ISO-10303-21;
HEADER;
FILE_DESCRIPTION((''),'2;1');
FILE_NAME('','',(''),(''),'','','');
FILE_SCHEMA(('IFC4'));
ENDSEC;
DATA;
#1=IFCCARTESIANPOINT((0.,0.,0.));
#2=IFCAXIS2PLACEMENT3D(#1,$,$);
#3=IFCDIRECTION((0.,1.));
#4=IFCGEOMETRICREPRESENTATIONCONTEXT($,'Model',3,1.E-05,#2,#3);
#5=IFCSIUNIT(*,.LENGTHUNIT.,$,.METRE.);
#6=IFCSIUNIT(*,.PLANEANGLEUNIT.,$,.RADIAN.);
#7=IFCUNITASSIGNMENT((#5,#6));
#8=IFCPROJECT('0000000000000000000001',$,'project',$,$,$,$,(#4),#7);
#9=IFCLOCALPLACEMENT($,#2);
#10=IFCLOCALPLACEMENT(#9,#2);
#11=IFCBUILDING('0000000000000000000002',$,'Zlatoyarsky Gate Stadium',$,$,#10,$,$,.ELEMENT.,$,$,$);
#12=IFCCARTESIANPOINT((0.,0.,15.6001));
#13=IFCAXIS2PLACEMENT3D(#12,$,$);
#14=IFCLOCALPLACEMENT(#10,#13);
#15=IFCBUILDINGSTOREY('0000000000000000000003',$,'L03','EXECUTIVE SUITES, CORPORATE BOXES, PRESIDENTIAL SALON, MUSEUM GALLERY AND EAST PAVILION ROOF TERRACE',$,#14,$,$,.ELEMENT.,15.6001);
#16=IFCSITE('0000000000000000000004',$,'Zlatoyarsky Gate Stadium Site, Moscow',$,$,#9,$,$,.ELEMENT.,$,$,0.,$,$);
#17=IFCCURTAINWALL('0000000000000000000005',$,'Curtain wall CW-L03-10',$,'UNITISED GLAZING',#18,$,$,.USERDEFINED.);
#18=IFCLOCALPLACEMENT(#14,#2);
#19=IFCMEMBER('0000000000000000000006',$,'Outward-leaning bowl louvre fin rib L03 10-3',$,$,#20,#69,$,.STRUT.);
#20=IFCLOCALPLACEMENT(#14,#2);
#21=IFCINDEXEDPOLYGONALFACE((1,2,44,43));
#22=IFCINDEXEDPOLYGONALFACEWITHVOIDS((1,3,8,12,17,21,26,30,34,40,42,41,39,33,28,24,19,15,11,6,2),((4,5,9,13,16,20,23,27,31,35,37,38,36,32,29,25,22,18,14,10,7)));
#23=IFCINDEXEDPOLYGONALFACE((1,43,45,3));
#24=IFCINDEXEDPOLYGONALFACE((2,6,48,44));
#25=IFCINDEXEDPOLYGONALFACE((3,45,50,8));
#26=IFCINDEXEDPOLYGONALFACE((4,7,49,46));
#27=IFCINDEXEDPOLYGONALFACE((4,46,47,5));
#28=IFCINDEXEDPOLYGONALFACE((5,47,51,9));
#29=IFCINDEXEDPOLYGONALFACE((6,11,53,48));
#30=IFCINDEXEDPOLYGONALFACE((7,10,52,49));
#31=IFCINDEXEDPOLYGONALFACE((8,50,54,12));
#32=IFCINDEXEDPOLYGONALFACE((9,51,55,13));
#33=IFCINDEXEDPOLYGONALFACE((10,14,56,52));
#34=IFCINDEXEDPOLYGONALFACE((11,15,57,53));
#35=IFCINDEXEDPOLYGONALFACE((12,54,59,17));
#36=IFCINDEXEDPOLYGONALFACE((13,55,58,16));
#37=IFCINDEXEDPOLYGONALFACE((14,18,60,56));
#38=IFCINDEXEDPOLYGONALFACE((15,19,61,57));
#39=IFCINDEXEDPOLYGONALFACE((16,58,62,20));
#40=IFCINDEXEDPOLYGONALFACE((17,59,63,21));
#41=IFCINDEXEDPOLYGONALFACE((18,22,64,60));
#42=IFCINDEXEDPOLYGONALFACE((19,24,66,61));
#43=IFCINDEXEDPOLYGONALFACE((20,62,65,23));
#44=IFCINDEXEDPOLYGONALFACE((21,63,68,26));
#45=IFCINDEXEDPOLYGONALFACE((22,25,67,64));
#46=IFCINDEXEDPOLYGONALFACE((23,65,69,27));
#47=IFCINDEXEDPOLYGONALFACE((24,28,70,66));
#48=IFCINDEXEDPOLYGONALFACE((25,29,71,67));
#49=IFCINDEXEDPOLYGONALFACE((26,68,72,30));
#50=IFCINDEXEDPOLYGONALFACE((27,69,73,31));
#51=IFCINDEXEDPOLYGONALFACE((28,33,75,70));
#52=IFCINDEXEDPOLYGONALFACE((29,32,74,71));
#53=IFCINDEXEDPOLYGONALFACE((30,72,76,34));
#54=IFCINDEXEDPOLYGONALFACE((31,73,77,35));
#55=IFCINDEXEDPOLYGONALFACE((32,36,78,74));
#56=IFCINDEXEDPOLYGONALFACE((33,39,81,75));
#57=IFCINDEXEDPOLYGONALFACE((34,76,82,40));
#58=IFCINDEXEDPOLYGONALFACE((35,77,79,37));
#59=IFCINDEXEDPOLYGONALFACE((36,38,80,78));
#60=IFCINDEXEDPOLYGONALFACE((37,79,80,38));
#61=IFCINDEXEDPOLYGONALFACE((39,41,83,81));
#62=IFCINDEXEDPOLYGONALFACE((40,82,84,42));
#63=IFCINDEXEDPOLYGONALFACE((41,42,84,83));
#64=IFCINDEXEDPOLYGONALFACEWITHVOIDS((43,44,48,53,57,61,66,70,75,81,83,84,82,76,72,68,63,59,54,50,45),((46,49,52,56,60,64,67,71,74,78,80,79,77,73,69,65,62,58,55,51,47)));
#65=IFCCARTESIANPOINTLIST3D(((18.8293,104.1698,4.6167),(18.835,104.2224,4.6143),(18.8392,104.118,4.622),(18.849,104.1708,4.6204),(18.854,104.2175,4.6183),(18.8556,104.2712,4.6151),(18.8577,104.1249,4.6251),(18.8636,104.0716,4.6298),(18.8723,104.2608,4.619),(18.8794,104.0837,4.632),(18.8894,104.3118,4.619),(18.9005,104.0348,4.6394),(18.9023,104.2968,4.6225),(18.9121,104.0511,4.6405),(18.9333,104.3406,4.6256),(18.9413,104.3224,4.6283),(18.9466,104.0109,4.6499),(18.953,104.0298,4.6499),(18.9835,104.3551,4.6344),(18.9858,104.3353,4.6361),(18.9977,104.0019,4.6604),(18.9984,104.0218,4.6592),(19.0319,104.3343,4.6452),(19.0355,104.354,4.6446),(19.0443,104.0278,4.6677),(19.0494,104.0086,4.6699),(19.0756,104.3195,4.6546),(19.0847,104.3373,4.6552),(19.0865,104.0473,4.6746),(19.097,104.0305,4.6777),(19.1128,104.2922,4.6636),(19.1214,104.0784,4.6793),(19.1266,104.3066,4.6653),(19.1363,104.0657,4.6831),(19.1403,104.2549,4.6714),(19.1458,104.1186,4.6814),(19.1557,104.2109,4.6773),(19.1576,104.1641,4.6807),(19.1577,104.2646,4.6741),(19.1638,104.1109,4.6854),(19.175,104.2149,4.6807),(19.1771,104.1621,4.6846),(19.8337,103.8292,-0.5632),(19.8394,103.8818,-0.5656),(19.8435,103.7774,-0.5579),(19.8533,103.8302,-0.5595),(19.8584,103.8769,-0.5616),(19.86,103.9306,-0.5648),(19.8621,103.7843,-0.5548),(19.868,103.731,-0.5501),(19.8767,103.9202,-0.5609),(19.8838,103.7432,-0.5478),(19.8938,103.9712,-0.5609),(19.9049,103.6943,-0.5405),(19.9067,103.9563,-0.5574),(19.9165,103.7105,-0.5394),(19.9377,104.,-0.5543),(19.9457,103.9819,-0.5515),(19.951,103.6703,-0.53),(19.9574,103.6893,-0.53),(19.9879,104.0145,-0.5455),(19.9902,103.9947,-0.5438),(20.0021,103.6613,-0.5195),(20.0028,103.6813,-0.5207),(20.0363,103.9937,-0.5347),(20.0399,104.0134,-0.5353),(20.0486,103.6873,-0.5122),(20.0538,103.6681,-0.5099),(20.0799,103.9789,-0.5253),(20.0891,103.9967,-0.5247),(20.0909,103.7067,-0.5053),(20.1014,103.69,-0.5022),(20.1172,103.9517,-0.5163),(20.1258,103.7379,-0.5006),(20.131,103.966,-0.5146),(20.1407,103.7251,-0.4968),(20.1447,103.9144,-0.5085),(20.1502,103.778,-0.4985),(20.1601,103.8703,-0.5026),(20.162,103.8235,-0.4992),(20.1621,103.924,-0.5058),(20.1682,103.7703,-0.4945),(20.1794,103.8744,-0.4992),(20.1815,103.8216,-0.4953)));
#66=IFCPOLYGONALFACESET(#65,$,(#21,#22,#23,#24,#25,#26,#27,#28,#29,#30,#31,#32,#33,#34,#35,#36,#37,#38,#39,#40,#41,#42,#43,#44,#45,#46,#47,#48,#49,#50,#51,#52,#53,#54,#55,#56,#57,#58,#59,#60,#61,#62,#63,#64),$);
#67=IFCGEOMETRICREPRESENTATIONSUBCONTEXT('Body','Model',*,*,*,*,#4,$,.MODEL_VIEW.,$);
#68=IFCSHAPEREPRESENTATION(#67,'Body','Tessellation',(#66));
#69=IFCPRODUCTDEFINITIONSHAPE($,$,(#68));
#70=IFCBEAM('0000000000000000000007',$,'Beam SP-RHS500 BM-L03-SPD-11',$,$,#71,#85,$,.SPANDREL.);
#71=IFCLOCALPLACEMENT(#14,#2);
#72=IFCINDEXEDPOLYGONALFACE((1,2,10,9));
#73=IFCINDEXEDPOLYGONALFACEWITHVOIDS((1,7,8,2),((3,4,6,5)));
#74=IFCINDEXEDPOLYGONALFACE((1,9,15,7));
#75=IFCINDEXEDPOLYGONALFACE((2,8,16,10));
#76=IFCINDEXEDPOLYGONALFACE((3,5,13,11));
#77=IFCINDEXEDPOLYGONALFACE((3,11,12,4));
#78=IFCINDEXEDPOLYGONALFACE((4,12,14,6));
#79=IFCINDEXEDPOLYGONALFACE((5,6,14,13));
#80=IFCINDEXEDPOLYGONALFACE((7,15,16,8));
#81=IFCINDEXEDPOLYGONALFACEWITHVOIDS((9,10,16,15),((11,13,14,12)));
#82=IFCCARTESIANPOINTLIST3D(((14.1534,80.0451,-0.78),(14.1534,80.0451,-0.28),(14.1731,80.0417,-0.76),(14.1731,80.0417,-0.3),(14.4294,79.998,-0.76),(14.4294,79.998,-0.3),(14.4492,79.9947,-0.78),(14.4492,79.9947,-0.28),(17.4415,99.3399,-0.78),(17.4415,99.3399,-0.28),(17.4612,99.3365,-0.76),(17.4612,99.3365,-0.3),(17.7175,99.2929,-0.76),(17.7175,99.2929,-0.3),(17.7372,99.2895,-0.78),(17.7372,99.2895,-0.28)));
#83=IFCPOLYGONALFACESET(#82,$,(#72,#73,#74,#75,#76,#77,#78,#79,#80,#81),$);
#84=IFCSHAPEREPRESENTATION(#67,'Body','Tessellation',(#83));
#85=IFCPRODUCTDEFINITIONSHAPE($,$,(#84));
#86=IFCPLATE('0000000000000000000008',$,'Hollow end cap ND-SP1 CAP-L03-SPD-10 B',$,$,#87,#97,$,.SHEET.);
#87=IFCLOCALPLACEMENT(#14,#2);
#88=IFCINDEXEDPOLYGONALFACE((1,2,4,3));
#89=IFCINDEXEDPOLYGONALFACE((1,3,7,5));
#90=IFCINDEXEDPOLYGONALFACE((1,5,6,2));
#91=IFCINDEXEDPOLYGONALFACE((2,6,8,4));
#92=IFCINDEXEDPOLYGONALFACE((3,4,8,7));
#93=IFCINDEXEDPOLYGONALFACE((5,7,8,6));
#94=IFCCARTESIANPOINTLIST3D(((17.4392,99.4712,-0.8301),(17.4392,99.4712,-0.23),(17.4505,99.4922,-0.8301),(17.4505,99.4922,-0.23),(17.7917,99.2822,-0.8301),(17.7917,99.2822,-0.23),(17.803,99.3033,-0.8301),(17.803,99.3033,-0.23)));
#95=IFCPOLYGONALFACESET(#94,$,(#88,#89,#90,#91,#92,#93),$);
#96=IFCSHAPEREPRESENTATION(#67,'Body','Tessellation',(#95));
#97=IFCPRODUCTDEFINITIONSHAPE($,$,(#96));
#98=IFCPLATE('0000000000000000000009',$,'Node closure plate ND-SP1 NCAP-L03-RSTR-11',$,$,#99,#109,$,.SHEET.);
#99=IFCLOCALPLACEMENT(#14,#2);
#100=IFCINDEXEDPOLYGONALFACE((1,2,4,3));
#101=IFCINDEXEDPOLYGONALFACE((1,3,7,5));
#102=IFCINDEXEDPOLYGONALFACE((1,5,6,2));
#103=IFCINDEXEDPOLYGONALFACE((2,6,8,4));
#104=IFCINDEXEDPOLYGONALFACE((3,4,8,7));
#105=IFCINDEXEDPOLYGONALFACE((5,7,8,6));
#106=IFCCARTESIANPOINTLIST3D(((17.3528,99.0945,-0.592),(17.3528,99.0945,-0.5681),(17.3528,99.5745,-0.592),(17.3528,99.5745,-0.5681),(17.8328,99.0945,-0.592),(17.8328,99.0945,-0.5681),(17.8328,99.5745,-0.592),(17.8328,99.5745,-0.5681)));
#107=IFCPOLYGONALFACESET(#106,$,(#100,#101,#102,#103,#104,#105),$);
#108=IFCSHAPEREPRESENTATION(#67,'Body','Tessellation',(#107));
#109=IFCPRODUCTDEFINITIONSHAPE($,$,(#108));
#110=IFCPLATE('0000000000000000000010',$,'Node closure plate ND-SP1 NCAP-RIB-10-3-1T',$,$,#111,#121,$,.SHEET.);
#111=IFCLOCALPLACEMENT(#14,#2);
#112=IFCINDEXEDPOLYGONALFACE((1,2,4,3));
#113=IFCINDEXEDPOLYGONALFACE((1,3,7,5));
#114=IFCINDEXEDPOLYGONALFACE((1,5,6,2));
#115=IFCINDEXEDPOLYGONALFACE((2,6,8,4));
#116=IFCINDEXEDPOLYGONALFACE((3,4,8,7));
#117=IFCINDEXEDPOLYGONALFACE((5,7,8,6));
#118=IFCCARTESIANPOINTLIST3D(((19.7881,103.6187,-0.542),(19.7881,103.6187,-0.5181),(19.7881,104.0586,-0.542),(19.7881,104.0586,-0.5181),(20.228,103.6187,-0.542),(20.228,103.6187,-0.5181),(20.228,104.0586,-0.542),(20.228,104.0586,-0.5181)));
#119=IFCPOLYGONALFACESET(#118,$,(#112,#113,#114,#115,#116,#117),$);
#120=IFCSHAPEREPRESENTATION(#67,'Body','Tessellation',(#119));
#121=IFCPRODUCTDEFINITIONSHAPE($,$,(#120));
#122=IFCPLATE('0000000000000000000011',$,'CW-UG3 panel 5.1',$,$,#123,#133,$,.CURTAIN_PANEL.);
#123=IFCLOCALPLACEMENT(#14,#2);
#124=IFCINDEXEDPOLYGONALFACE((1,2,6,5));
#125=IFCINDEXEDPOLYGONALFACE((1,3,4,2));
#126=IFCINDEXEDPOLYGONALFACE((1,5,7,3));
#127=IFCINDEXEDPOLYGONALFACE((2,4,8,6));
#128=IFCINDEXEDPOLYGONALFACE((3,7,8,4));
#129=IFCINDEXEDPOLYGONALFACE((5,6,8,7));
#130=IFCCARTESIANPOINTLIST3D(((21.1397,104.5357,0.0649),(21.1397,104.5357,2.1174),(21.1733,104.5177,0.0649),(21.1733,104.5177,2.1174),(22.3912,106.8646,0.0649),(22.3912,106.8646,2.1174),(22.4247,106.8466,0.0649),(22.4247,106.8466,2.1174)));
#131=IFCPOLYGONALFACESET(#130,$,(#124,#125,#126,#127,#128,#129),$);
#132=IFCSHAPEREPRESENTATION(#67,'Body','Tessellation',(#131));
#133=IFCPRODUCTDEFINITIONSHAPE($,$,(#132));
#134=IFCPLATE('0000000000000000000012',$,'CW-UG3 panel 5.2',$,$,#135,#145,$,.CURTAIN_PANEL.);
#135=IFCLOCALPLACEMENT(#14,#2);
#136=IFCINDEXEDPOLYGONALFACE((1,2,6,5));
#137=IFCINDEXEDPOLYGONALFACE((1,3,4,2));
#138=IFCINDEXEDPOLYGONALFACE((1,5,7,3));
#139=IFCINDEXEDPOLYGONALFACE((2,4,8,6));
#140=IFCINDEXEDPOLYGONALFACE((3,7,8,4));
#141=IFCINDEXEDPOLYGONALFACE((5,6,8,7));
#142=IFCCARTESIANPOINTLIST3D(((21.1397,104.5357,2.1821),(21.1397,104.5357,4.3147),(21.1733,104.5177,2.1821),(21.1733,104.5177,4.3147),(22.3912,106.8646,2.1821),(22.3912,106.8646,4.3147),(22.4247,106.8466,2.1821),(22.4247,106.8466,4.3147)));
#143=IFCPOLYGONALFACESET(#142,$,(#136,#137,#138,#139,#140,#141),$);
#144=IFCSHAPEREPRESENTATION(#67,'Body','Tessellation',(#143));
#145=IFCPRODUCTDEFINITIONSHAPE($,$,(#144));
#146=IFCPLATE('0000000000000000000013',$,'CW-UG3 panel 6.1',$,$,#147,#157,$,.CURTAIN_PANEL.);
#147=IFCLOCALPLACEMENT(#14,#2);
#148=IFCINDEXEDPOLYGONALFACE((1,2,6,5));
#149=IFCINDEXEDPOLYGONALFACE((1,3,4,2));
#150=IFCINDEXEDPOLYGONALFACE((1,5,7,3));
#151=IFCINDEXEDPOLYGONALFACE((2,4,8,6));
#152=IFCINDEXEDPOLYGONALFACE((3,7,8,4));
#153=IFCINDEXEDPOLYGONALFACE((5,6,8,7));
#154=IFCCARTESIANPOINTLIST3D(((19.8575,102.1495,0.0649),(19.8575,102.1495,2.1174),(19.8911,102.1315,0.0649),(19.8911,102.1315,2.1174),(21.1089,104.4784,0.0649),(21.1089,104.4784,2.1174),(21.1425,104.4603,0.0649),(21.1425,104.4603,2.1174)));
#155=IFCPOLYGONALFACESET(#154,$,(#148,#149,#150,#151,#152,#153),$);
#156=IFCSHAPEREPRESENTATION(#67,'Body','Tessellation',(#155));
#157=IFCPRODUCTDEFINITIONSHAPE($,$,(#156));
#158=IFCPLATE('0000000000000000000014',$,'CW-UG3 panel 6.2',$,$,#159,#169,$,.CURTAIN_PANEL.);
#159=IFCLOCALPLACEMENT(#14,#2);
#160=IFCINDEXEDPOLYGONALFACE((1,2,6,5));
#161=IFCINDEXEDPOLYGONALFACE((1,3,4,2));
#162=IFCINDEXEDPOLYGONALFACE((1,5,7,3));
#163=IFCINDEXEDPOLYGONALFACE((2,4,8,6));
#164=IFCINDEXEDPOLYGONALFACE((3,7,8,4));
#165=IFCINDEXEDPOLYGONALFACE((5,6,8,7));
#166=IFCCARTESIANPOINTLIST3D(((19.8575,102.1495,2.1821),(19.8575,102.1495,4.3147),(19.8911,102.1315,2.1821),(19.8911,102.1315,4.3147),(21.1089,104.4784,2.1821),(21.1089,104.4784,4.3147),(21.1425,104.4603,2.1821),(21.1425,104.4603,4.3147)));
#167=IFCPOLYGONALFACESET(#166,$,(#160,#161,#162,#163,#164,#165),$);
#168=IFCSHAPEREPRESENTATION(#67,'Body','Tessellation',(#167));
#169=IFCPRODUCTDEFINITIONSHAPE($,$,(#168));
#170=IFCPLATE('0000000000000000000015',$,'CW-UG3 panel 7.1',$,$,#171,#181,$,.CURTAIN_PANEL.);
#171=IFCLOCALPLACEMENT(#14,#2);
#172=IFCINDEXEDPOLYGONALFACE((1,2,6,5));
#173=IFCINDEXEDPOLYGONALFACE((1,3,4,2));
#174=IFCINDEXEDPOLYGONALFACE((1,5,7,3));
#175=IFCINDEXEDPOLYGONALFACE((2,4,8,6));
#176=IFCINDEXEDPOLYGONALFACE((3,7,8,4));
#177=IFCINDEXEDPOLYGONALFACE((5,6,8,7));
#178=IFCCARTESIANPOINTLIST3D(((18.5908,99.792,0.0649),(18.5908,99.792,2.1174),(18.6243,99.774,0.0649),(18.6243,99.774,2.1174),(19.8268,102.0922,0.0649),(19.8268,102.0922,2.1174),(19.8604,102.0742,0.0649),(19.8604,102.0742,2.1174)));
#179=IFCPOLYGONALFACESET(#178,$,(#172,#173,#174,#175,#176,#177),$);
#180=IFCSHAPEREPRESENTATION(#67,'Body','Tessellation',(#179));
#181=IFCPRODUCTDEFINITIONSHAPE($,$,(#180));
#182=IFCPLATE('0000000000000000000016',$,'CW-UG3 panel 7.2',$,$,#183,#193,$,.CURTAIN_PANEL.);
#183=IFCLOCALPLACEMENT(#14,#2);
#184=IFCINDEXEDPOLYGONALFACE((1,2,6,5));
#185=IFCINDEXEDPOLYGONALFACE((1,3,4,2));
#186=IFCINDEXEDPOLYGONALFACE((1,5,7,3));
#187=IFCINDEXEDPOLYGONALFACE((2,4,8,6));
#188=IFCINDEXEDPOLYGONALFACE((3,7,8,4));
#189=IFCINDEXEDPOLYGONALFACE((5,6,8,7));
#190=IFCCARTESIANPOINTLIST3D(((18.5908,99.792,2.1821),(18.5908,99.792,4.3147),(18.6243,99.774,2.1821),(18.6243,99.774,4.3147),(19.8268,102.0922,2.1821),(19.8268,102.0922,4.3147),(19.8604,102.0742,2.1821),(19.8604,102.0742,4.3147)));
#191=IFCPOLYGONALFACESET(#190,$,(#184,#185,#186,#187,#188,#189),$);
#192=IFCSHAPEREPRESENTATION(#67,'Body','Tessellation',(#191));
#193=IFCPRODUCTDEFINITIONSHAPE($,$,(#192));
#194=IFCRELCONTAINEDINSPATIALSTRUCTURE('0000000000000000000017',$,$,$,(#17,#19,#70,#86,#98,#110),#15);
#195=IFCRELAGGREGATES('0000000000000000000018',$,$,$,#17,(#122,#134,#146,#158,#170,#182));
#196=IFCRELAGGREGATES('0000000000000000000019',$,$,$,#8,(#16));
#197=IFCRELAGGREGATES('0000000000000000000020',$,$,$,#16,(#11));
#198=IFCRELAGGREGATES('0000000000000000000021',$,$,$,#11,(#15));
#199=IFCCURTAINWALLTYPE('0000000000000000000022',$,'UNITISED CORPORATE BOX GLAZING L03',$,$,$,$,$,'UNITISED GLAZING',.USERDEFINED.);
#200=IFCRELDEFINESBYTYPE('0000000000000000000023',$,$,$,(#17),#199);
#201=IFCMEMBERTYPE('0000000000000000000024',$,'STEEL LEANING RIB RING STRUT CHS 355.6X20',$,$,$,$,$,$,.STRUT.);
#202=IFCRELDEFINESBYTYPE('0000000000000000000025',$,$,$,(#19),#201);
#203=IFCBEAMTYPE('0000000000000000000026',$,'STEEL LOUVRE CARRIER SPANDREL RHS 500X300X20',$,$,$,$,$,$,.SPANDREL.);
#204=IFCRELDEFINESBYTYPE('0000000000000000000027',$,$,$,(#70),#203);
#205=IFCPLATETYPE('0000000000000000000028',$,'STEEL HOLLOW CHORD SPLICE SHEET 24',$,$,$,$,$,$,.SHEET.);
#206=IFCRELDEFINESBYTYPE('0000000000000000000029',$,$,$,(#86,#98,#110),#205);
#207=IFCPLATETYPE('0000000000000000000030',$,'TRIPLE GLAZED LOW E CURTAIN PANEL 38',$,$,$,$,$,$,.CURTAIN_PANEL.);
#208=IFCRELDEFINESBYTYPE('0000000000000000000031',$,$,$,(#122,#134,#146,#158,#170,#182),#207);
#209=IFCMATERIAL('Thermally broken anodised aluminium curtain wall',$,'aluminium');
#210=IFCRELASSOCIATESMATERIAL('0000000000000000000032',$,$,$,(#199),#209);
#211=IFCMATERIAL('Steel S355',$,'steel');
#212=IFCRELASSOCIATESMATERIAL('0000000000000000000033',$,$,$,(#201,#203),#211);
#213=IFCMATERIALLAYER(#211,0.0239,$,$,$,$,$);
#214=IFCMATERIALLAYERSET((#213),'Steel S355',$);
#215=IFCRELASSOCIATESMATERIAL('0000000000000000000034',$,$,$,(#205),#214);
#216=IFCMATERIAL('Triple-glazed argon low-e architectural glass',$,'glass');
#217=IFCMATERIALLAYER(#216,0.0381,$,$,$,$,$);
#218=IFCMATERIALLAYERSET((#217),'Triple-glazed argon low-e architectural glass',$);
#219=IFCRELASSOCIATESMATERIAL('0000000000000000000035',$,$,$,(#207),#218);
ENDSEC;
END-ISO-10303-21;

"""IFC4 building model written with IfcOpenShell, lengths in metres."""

from ifc_helpers import new_model, si_unit, direction, frame, origin, origin_2d, place, context, subcontext, project, spatial, rectangle, hollow_rectangle, hollow_circle, extrude, material, layer, layer_set, material_profile, profile_set, type_object, element, aggregate, save


model = new_model("IFC4")

# Units and contexts
model_context = context("Model", 3, precision=1e-05, world=origin(), true_north=direction((0.0, 1.0)))
body_context = subcontext(model_context, "Body", "Model", "MODEL_VIEW")
ifc_project = project(units=[si_unit("LENGTHUNIT", "METRE"), si_unit("PLANEANGLEUNIT", "RADIAN")], contexts=[model_context])

# Site, building, storey
site_placement = place(None, origin())
site = spatial("IfcSite", under=ifc_project, at=site_placement, Name="Zlatoyarsky Gate Stadium Site, Moscow", CompositionType="ELEMENT", RefElevation=0.0)
building_placement = place(site_placement, origin())
building = spatial("IfcBuilding", under=site, at=building_placement, Name="Zlatoyarsky Gate Stadium", CompositionType="ELEMENT")
storey_placement = place(building_placement, frame((0.0, 0.0, 15.6001)))
storey = spatial("IfcBuildingStorey", under=building, at=storey_placement, Name="L03", Description="EXECUTIVE SUITES, CORPORATE BOXES, PRESIDENTIAL SALON, MUSEUM GALLERY AND EAST PAVILION ROOF TERRACE", CompositionType="ELEMENT", Elevation=15.6001)

# Curtain wall
ifc_material_1 = material(Name="Thermally broken anodised aluminium curtain wall", Category="aluminium")
curtain_wall_type = type_object("IfcCurtainWallType", Name="UNITISED CORPORATE BOX GLAZING L03", ElementType="UNITISED GLAZING", PredefinedType="USERDEFINED", material=ifc_material_1)
curtain_wall_placement = place(storey_placement, origin())
curtain_wall = element("IfcCurtainWall", 1, at=curtain_wall_placement, inside=storey, type_object=curtain_wall_type, Name="Curtain wall CW-L03-10", ObjectType="UNITISED GLAZING", PredefinedType="USERDEFINED")

# Member
ifc_material_2 = material(Name="Steel S355", Category="steel")
ifc_material_profile_1 = material_profile(ifc_material_2, hollow_circle(Radius=0.1777, WallThickness=0.02, at=origin_2d()), Name="CHS 355.6X20")
ifc_profile_set_1 = profile_set([ifc_material_profile_1], Name="Steel S355")
member_type_1 = type_object("IfcMemberType", Name="STEEL LEANING RIB RING STRUT CHS 355.6X20", PredefinedType="STRUT", material=ifc_profile_set_1)
member_1_placement = place(storey_placement, frame((20.0081, 103.8386, -0.53), z_axis=(-0.18996, 0.064413, 0.979676), x_axis=(-0.321127, -0.947036, 0.0)))
element("IfcMember", 2, at=member_1_placement, inside=storey, type_object=member_type_1, Name="Outward-leaning bowl louvre fin rib L03 10-3", PredefinedType="STRUT", context=body_context, shape_type="SweptSolid", body=[
    extrude(hollow_circle(Radius=0.1777, WallThickness=0.02, at=origin_2d()), origin(), (0.0, 0.0, 1.0), 5.2874),
])

# Beam
ifc_material_profile_2 = material_profile(ifc_material_2, hollow_rectangle(XDim=0.3, YDim=0.5, WallThickness=0.02, at=origin_2d()), Name="RHS 500X300X20")
ifc_profile_set_2 = profile_set([ifc_material_profile_2], Name="Steel S355")
beam_type = type_object("IfcBeamType", Name="STEEL LOUVRE CARRIER SPANDREL RHS 500X300X20", PredefinedType="SPANDREL", material=ifc_profile_set_2)
beam_placement = place(storey_placement, frame((17.5894, 99.3147, -0.53), z_axis=(-0.16799, -0.985789, 0.0), x_axis=(0.985789, -0.16799, 0.0)))
element("IfcBeam", 3, at=beam_placement, inside=storey, type_object=beam_type, Name="Beam SP-RHS500 BM-L03-SPD-11", PredefinedType="SPANDREL", context=body_context, shape_type="SweptSolid", body=[
    extrude(hollow_rectangle(XDim=0.3, YDim=0.5, WallThickness=0.02, at=origin_2d()), origin(), (0.0, 0.0, 1.0), 19.573),
])

# Plates
ifc_layer_1 = layer(ifc_material_2, 0.0239)
ifc_layer_set_1 = layer_set([ifc_layer_1], Name="Steel S355")
plate_type_1 = type_object("IfcPlateType", Name="STEEL HOLLOW CHORD SPLICE SHEET 24", PredefinedType="SHEET", material=ifc_layer_set_1)
plate_1_placement = place(storey_placement, frame((17.6211, 99.3872, -0.8301), z_axis=(0.0, 0.0, 1.0), x_axis=(-0.472556, -0.881301, 0.0)))
element("IfcPlate", 4, at=plate_1_placement, inside=storey, type_object=plate_type_1, Name="Hollow end cap ND-SP1 CAP-L03-SPD-10 B", PredefinedType="SHEET", context=body_context, shape_type="SweptSolid", body=[
    extrude(rectangle(XDim=0.0239, YDim=0.3999, at=origin_2d()), origin(), (0.0, 0.0, 1.0), 0.6001),
])
plate_2_placement = place(storey_placement, frame((17.5928, 99.3345, -0.592), z_axis=(0.0, 0.0, 1.0), x_axis=(1.0, 0.0, 0.0)))
element("IfcPlate", 5, at=plate_2_placement, inside=storey, type_object=plate_type_1, Name="Node closure plate ND-SP1 NCAP-L03-RSTR-11", PredefinedType="SHEET", context=body_context, shape_type="SweptSolid", body=[
    extrude(rectangle(XDim=0.48, YDim=0.48, at=origin_2d()), origin(), (0.0, 0.0, 1.0), 0.0239),
])
plate_3_placement = place(storey_placement, frame((20.0081, 103.8386, -0.542), z_axis=(0.0, 0.0, 1.0), x_axis=(1.0, 0.0, 0.0)))
element("IfcPlate", 6, at=plate_3_placement, inside=storey, type_object=plate_type_1, Name="Node closure plate ND-SP1 NCAP-RIB-10-3-1T", PredefinedType="SHEET", context=body_context, shape_type="SweptSolid", body=[
    extrude(rectangle(XDim=0.4399, YDim=0.4399, at=origin_2d()), origin(), (0.0, 0.0, 1.0), 0.0239),
])

# Plates
ifc_material_3 = material(Name="Triple-glazed argon low-e architectural glass", Category="glass")
ifc_layer_2 = layer(ifc_material_3, 0.0381)
ifc_layer_set_2 = layer_set([ifc_layer_2], Name="Triple-glazed argon low-e architectural glass")
plate_type_2 = type_object("IfcPlateType", Name="TRIPLE GLAZED LOW E CURTAIN PANEL 38", PredefinedType="CURTAIN_PANEL", material=ifc_layer_set_2)
plate_4_placement = place(storey_placement, frame((21.7822, 105.6912, 0.0649), z_axis=(0.0, 0.0, 1.0), x_axis=(-0.473345, -0.880877, 0.0)))
plate_4 = element("IfcPlate", 7, at=plate_4_placement, type_object=plate_type_2, Name="CW-UG3 panel 5.1", PredefinedType="CURTAIN_PANEL", context=body_context, shape_type="SweptSolid", body=[
    extrude(rectangle(XDim=2.6438, YDim=0.0381, at=origin_2d()), origin(), (0.0, 0.0, 1.0), 2.0525),
])
plate_5_placement = place(storey_placement, frame((21.7822, 105.6912, 2.1821), z_axis=(0.0, 0.0, 1.0), x_axis=(-0.473345, -0.880877, 0.0)))
plate_5 = element("IfcPlate", 8, at=plate_5_placement, type_object=plate_type_2, Name="CW-UG3 panel 5.2", PredefinedType="CURTAIN_PANEL", context=body_context, shape_type="SweptSolid", body=[
    extrude(rectangle(XDim=2.6438, YDim=0.0381, at=origin_2d()), origin(), (0.0, 0.0, 1.0), 2.1326),
])
plate_6_placement = place(storey_placement, frame((20.5, 103.3049, 0.0649), z_axis=(0.0, 0.0, 1.0), x_axis=(-0.473345, -0.880877, 0.0)))
plate_6 = element("IfcPlate", 9, at=plate_6_placement, type_object=plate_type_2, Name="CW-UG3 panel 6.1", PredefinedType="CURTAIN_PANEL", context=body_context, shape_type="SweptSolid", body=[
    extrude(rectangle(XDim=2.6438, YDim=0.0381, at=origin_2d()), origin(), (0.0, 0.0, 1.0), 2.0525),
])
plate_7_placement = place(storey_placement, frame((20.5, 103.3049, 2.1821), z_axis=(0.0, 0.0, 1.0), x_axis=(-0.473345, -0.880877, 0.0)))
plate_7 = element("IfcPlate", 10, at=plate_7_placement, type_object=plate_type_2, Name="CW-UG3 panel 6.2", PredefinedType="CURTAIN_PANEL", context=body_context, shape_type="SweptSolid", body=[
    extrude(rectangle(XDim=2.6438, YDim=0.0381, at=origin_2d()), origin(), (0.0, 0.0, 1.0), 2.1326),
])
plate_8_placement = place(storey_placement, frame((19.2256, 100.9331, 0.0649), z_axis=(0.0, 0.0, 1.0), x_axis=(-0.473345, -0.880877, 0.0)))
plate_8 = element("IfcPlate", 11, at=plate_8_placement, type_object=plate_type_2, Name="CW-UG3 panel 7.1", PredefinedType="CURTAIN_PANEL", context=body_context, shape_type="SweptSolid", body=[
    extrude(rectangle(XDim=2.6113, YDim=0.0381, at=origin_2d()), origin(), (0.0, 0.0, 1.0), 2.0525),
])
plate_9_placement = place(storey_placement, frame((19.2256, 100.9331, 2.1821), z_axis=(0.0, 0.0, 1.0), x_axis=(-0.473345, -0.880877, 0.0)))
plate_9 = element("IfcPlate", 12, at=plate_9_placement, type_object=plate_type_2, Name="CW-UG3 panel 7.2", PredefinedType="CURTAIN_PANEL", context=body_context, shape_type="SweptSolid", body=[
    extrude(rectangle(XDim=2.6113, YDim=0.0381, at=origin_2d()), origin(), (0.0, 0.0, 1.0), 2.1326),
])
aggregate(curtain_wall, [plate_4, plate_5, plate_6, plate_7, plate_8, plate_9])

save(model, "model.ifc")
